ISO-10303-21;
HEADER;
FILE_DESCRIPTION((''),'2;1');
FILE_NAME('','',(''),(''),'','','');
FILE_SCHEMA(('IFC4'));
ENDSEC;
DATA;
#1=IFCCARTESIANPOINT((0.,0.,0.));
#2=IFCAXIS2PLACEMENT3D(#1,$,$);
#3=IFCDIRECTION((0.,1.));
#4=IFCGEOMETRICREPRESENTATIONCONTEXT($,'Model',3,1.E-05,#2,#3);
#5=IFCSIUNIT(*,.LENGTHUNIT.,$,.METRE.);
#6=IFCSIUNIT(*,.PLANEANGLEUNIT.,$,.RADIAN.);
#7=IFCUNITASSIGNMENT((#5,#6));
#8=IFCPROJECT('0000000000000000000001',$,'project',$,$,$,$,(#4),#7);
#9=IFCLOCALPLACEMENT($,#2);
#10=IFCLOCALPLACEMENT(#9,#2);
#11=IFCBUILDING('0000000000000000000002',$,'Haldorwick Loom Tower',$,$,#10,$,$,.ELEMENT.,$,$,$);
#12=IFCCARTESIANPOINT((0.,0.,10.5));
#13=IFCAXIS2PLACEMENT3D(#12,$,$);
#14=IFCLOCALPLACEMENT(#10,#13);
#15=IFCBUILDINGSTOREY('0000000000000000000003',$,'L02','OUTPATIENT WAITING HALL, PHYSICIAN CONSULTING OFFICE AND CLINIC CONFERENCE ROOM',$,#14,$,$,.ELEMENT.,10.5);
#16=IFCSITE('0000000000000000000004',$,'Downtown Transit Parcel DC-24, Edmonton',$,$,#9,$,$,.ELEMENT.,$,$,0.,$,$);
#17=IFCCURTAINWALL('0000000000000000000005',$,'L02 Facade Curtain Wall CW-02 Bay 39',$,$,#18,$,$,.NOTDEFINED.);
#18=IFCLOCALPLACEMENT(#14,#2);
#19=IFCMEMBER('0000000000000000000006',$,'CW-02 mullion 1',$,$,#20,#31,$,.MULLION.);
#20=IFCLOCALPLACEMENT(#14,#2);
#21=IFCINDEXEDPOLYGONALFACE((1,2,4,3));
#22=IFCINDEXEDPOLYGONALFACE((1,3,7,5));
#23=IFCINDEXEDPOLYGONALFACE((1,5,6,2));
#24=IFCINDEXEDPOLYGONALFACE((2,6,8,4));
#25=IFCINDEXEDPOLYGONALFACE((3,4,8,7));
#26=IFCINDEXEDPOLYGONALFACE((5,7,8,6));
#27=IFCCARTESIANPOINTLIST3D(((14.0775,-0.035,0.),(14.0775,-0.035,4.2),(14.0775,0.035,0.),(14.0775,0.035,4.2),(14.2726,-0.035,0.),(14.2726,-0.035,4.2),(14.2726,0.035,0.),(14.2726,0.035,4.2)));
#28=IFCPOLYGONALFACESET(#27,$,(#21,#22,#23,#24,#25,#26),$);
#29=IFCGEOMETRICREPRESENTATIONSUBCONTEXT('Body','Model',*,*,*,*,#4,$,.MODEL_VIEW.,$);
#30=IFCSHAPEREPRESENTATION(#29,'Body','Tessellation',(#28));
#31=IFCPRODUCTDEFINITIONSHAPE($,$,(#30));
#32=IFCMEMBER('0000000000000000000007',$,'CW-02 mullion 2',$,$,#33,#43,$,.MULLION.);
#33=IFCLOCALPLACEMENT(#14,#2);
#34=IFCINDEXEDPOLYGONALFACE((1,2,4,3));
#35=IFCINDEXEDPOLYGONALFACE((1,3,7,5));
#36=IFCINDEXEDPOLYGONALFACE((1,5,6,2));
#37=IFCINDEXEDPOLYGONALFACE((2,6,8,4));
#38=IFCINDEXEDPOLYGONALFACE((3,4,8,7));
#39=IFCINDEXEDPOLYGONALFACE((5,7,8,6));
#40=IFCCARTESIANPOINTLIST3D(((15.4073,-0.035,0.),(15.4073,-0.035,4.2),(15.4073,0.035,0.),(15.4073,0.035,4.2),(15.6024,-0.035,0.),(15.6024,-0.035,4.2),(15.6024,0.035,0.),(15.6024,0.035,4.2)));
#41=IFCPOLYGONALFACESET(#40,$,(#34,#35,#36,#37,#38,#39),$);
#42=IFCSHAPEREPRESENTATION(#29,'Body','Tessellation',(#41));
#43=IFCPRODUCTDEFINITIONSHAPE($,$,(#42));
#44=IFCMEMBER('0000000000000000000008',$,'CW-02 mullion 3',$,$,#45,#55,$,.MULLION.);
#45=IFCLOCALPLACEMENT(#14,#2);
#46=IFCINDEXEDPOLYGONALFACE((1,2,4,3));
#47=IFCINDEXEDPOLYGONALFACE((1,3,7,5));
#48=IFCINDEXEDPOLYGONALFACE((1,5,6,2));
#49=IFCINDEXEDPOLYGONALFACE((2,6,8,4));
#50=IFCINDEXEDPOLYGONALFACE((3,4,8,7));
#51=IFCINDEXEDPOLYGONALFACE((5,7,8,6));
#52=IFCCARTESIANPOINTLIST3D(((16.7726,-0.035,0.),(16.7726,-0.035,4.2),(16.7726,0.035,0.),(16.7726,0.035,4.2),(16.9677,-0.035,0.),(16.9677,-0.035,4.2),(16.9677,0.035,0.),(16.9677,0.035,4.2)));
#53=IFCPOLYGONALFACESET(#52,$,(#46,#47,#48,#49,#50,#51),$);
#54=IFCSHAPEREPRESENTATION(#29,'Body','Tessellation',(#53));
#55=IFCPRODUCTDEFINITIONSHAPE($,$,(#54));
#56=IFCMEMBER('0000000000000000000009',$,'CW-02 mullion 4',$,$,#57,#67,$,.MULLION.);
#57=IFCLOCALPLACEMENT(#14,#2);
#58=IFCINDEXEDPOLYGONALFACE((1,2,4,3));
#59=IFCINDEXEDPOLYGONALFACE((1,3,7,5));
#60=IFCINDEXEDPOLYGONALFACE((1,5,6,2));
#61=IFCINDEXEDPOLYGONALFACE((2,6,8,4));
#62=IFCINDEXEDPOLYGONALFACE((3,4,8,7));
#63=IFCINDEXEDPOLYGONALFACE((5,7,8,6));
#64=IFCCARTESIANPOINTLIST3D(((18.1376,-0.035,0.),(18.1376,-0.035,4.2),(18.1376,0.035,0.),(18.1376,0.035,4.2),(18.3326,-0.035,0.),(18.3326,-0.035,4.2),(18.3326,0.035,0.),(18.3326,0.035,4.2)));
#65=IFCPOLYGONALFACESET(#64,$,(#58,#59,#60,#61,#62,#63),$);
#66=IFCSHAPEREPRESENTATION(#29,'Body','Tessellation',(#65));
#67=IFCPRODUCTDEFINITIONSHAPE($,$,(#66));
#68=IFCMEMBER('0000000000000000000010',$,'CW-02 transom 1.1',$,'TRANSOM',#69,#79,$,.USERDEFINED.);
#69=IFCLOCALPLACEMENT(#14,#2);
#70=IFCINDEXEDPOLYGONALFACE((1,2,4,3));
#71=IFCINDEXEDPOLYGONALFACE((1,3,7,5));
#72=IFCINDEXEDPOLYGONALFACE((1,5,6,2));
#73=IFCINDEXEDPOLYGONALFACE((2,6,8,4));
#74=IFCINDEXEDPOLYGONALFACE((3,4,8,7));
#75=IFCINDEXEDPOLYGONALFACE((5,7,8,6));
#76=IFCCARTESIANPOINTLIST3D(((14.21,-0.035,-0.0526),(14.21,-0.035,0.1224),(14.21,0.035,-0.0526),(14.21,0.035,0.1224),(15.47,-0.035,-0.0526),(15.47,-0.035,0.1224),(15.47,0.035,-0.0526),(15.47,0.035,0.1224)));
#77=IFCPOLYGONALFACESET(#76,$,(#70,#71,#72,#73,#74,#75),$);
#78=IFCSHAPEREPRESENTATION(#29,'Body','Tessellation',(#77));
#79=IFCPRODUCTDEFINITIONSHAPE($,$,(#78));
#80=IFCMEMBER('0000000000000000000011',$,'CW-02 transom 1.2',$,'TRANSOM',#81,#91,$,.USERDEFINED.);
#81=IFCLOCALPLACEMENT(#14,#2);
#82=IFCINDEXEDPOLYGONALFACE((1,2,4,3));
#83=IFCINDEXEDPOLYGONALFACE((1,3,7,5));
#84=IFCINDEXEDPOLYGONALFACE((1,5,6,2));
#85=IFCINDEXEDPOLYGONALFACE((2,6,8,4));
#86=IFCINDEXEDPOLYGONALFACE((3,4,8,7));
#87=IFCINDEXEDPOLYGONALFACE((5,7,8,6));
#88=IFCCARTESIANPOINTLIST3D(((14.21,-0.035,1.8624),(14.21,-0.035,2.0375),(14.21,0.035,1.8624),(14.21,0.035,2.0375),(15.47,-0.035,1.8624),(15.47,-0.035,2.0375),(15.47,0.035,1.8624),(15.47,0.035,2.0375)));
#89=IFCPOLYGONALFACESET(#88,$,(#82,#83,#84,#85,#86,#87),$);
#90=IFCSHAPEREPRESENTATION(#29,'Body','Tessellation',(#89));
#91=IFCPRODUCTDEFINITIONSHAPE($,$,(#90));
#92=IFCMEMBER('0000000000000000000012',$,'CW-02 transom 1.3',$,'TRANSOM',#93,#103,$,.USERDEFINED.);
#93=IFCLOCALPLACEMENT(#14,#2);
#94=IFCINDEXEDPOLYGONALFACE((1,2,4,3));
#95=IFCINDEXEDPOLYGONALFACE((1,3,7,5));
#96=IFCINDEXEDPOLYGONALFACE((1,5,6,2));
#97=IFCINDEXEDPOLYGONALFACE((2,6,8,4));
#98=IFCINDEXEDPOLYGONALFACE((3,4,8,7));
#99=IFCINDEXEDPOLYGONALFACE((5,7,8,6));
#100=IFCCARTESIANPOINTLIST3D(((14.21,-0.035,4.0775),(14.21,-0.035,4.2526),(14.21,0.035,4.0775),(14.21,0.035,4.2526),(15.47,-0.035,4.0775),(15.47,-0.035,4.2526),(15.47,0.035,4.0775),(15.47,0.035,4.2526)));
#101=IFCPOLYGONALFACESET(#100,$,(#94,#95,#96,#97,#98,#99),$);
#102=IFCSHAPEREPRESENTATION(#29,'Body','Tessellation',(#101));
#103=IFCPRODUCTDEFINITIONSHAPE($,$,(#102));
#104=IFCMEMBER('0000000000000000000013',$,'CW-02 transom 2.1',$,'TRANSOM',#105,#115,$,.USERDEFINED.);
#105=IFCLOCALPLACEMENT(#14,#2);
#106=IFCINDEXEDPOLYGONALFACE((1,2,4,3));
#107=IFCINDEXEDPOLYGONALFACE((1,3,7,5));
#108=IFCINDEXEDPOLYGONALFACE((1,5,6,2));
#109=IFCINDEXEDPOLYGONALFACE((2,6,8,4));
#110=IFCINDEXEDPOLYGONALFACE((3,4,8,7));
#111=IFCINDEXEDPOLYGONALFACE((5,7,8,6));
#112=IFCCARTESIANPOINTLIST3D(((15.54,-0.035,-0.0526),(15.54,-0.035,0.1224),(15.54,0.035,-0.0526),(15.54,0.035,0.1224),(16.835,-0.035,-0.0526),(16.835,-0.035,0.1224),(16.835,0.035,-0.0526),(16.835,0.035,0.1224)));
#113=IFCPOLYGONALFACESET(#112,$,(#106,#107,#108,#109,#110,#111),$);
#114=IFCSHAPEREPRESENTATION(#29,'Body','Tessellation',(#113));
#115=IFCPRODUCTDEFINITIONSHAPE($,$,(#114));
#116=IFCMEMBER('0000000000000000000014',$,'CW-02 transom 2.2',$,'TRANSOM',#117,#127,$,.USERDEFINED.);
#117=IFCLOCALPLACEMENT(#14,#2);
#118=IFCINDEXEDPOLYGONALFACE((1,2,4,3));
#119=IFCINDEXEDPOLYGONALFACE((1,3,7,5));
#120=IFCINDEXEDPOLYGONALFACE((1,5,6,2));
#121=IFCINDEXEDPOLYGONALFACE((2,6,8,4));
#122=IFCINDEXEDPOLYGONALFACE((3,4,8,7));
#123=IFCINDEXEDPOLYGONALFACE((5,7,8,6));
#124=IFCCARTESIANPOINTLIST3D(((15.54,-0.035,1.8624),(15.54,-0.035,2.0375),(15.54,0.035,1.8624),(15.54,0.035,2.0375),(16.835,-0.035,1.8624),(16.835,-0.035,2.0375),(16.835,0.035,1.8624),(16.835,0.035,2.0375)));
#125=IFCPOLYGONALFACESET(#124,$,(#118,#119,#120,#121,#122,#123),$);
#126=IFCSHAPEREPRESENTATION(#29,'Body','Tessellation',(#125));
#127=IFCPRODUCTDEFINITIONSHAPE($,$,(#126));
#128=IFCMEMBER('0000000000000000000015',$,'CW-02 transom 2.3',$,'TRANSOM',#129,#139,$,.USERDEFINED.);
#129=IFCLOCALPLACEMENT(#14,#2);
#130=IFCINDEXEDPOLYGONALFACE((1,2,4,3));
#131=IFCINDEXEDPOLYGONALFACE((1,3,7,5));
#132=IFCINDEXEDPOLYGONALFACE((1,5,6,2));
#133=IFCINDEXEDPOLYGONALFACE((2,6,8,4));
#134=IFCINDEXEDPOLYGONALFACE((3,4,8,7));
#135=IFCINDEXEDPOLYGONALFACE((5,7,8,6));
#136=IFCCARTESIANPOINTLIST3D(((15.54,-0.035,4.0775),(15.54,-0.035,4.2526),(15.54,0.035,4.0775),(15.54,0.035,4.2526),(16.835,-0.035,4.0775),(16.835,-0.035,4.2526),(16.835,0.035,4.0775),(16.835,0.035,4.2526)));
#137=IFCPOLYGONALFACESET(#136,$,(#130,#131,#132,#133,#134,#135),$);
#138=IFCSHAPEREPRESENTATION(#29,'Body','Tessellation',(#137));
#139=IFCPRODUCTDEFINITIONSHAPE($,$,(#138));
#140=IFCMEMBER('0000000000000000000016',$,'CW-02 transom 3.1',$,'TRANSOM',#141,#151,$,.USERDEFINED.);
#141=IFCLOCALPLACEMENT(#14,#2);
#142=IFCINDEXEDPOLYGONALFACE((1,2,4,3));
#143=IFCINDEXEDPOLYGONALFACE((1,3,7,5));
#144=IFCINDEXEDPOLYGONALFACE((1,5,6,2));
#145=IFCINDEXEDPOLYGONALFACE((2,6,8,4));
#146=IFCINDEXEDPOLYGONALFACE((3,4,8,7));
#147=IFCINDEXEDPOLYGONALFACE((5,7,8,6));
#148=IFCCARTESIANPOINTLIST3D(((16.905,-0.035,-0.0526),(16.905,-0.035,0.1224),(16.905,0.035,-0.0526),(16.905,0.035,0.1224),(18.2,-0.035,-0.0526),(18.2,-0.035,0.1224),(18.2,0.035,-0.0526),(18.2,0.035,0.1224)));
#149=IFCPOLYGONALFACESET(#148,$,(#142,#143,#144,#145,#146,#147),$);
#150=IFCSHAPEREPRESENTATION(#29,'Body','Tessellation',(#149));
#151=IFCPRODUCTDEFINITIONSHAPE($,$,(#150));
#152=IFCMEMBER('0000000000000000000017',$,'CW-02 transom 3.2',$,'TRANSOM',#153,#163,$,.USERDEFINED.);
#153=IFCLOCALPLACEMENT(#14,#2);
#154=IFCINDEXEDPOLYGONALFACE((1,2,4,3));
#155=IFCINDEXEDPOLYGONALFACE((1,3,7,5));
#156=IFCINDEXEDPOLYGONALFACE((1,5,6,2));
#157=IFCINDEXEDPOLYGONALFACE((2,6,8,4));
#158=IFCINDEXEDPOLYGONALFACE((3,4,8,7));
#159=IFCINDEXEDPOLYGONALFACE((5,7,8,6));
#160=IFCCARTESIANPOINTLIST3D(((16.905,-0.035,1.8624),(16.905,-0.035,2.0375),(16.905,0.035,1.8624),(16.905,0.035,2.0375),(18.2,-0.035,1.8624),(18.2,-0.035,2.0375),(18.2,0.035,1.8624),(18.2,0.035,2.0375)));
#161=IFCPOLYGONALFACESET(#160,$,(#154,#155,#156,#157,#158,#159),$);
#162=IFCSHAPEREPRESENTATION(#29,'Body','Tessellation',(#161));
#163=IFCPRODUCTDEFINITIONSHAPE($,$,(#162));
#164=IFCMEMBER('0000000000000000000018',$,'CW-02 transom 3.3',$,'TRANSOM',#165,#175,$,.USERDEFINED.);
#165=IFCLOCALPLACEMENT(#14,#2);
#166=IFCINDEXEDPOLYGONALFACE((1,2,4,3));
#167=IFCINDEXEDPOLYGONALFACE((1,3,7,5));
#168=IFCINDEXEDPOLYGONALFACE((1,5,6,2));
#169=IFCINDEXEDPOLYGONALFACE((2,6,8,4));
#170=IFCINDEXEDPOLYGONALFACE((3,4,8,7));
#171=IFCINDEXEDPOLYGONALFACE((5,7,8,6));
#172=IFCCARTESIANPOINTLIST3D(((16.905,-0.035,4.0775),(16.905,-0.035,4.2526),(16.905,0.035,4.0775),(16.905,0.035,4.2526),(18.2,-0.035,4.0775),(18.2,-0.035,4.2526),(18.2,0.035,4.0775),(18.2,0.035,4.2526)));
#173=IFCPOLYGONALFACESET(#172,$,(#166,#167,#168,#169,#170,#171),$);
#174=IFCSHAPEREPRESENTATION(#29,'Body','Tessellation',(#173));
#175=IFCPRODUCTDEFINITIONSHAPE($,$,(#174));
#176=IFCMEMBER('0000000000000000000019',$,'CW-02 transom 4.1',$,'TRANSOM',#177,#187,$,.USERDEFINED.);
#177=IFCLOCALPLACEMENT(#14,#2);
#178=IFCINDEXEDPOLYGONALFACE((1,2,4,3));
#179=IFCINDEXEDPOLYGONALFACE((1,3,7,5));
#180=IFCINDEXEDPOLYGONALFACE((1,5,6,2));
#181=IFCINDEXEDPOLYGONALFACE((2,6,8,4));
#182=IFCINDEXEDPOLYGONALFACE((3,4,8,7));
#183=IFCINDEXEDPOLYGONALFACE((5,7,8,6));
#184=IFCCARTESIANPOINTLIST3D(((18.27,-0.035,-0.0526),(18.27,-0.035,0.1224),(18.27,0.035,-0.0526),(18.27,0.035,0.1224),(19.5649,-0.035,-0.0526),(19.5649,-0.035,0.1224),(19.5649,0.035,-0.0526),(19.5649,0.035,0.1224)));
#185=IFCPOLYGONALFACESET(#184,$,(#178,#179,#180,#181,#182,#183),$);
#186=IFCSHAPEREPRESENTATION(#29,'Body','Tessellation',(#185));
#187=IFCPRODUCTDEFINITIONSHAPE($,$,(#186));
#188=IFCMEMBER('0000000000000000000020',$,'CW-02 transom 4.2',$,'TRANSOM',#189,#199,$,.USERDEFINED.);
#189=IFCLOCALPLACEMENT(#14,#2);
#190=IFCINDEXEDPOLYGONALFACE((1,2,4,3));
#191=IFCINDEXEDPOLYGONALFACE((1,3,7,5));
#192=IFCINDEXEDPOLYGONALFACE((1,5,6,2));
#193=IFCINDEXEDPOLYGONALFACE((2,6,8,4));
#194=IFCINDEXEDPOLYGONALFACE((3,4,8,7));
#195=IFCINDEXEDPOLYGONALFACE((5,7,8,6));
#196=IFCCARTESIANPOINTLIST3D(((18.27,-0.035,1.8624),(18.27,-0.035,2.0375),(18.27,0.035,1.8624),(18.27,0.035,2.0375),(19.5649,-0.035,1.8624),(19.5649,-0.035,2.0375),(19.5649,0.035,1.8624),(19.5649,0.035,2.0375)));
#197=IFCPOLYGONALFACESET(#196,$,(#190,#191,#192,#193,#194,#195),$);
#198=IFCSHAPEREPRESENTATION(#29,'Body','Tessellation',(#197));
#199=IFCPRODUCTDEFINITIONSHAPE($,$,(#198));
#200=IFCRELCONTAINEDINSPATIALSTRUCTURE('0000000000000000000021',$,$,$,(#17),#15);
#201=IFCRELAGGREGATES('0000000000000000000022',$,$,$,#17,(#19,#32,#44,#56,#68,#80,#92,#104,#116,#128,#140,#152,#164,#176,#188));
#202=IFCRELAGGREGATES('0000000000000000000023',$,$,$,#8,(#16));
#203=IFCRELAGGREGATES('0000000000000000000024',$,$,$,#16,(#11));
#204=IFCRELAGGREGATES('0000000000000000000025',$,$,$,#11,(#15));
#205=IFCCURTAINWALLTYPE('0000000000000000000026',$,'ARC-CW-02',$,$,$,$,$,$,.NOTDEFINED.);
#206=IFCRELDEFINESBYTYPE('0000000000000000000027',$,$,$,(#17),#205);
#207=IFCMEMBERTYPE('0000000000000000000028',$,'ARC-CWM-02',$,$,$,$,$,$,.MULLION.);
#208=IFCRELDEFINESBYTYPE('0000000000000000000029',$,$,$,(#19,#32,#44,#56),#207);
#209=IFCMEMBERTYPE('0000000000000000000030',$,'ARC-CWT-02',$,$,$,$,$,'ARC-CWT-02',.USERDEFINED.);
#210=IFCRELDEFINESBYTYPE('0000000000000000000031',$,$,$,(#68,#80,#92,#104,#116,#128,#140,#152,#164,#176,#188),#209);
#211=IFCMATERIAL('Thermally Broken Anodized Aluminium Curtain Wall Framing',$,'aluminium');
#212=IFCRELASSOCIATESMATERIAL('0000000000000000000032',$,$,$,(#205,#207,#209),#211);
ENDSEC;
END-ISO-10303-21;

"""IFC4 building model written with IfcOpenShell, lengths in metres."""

from ifc_helpers import new_model, si_unit, direction, frame, origin, origin_2d, place, context, subcontext, project, spatial, rectangle, extrude, material, material_profile, profile_set, type_object, element, aggregate, save


model = new_model("IFC4")

# Units and contexts
model_context = context("Model", 3, precision=1e-05, world=origin(), true_north=direction((0.0, 1.0)))
body_context = subcontext(model_context, "Body", "Model", "MODEL_VIEW")
ifc_project = project(units=[si_unit("LENGTHUNIT", "METRE"), si_unit("PLANEANGLEUNIT", "RADIAN")], contexts=[model_context])

# Site, building, storey
site_placement = place(None, origin())
site = spatial("IfcSite", under=ifc_project, at=site_placement, Name="Downtown Transit Parcel DC-24, Edmonton", CompositionType="ELEMENT", RefElevation=0.0)
building_placement = place(site_placement, origin())
building = spatial("IfcBuilding", under=site, at=building_placement, Name="Haldorwick Loom Tower", CompositionType="ELEMENT")
storey_placement = place(building_placement, frame((0.0, 0.0, 10.5)))
storey = spatial("IfcBuildingStorey", under=building, at=storey_placement, Name="L02", Description="OUTPATIENT WAITING HALL, PHYSICIAN CONSULTING OFFICE AND CLINIC CONFERENCE ROOM", CompositionType="ELEMENT", Elevation=10.5)

# Curtain wall, members
ifc_material_1 = material(Name="Thermally Broken Anodized Aluminium Curtain Wall Framing", Category="aluminium")
curtain_wall_type = type_object("IfcCurtainWallType", Name="ARC-CW-02", PredefinedType="NOTDEFINED", material=ifc_material_1)
curtain_wall_placement = place(storey_placement, origin())
curtain_wall = element("IfcCurtainWall", 1, at=curtain_wall_placement, inside=storey, type_object=curtain_wall_type, Name="L02 Facade Curtain Wall CW-02 Bay 39", PredefinedType="NOTDEFINED")
ifc_material_profile_1 = material_profile(ifc_material_1, rectangle(XDim=0.0701, YDim=0.1951, at=origin_2d()), Name="ALU_MUL_70X195", Category="aluminium")
ifc_profile_set_1 = profile_set([ifc_material_profile_1], Name="Thermally Broken Anodized Aluminium Curtain Wall Framing")
member_type_1 = type_object("IfcMemberType", Name="ARC-CWM-02", PredefinedType="MULLION", material=ifc_profile_set_1)
member_1_placement = place(storey_placement, frame((14.175, 0.0, 0.0), z_axis=(0.0, 0.0, 1.0), x_axis=(0.0, 1.0, 0.0)))
member_1 = element("IfcMember", 2, at=member_1_placement, type_object=member_type_1, Name="CW-02 mullion 1", PredefinedType="MULLION", context=body_context, shape_type="SweptSolid", body=[
    extrude(rectangle(XDim=0.0701, YDim=0.1951, at=origin_2d()), origin(), (0.0, 0.0, 1.0), 4.2),
])
member_2_placement = place(storey_placement, frame((15.5049, 0.0, 0.0), z_axis=(0.0, 0.0, 1.0), x_axis=(0.0, 1.0, 0.0)))
member_2 = element("IfcMember", 3, at=member_2_placement, type_object=member_type_1, Name="CW-02 mullion 2", PredefinedType="MULLION", context=body_context, shape_type="SweptSolid", body=[
    extrude(rectangle(XDim=0.0701, YDim=0.1951, at=origin_2d()), origin(), (0.0, 0.0, 1.0), 4.2),
])
member_3_placement = place(storey_placement, frame((16.8701, 0.0, 0.0), z_axis=(0.0, 0.0, 1.0), x_axis=(0.0, 1.0, 0.0)))
member_3 = element("IfcMember", 4, at=member_3_placement, type_object=member_type_1, Name="CW-02 mullion 3", PredefinedType="MULLION", context=body_context, shape_type="SweptSolid", body=[
    extrude(rectangle(XDim=0.0701, YDim=0.1951, at=origin_2d()), origin(), (0.0, 0.0, 1.0), 4.2),
])
member_4_placement = place(storey_placement, frame((18.2351, 0.0, 0.0), z_axis=(0.0, 0.0, 1.0), x_axis=(0.0, 1.0, 0.0)))
member_4 = element("IfcMember", 5, at=member_4_placement, type_object=member_type_1, Name="CW-02 mullion 4", PredefinedType="MULLION", context=body_context, shape_type="SweptSolid", body=[
    extrude(rectangle(XDim=0.0701, YDim=0.1951, at=origin_2d()), origin(), (0.0, 0.0, 1.0), 4.2),
])
ifc_material_profile_2 = material_profile(ifc_material_1, rectangle(XDim=0.0701, YDim=0.175, at=origin_2d()), Name="ALU_TRN_70X175", Category="aluminium")
ifc_profile_set_2 = profile_set([ifc_material_profile_2], Name="Thermally Broken Anodized Aluminium Curtain Wall Framing")
member_type_2 = type_object("IfcMemberType", Name="ARC-CWT-02", ElementType="ARC-CWT-02", PredefinedType="USERDEFINED", material=ifc_profile_set_2)
member_5_placement = place(storey_placement, frame((14.21, 0.0, 0.0349), z_axis=(1.0, 0.0, 0.0), x_axis=(0.0, 1.0, 0.0)))
member_5 = element("IfcMember", 6, at=member_5_placement, type_object=member_type_2, Name="CW-02 transom 1.1", ObjectType="TRANSOM", PredefinedType="USERDEFINED", context=body_context, shape_type="SweptSolid", body=[
    extrude(rectangle(XDim=0.0701, YDim=0.175, at=origin_2d()), origin(), (0.0, 0.0, 1.0), 1.26),
])
member_6_placement = place(storey_placement, frame((14.21, 0.0, 1.95), z_axis=(1.0, 0.0, 0.0), x_axis=(0.0, 1.0, 0.0)))
member_6 = element("IfcMember", 7, at=member_6_placement, type_object=member_type_2, Name="CW-02 transom 1.2", ObjectType="TRANSOM", PredefinedType="USERDEFINED", context=body_context, shape_type="SweptSolid", body=[
    extrude(rectangle(XDim=0.0701, YDim=0.175, at=origin_2d()), origin(), (0.0, 0.0, 1.0), 1.26),
])
member_7_placement = place(storey_placement, frame((14.21, 0.0, 4.165), z_axis=(1.0, 0.0, 0.0), x_axis=(0.0, 1.0, 0.0)))
member_7 = element("IfcMember", 8, at=member_7_placement, type_object=member_type_2, Name="CW-02 transom 1.3", ObjectType="TRANSOM", PredefinedType="USERDEFINED", context=body_context, shape_type="SweptSolid", body=[
    extrude(rectangle(XDim=0.0701, YDim=0.175, at=origin_2d()), origin(), (0.0, 0.0, 1.0), 1.26),
])
member_8_placement = place(storey_placement, frame((15.54, 0.0, 0.0349), z_axis=(1.0, 0.0, 0.0), x_axis=(0.0, 1.0, 0.0)))
member_8 = element("IfcMember", 9, at=member_8_placement, type_object=member_type_2, Name="CW-02 transom 2.1", ObjectType="TRANSOM", PredefinedType="USERDEFINED", context=body_context, shape_type="SweptSolid", body=[
    extrude(rectangle(XDim=0.0701, YDim=0.175, at=origin_2d()), origin(), (0.0, 0.0, 1.0), 1.2949),
])
member_9_placement = place(storey_placement, frame((15.54, 0.0, 1.95), z_axis=(1.0, 0.0, 0.0), x_axis=(0.0, 1.0, 0.0)))
member_9 = element("IfcMember", 10, at=member_9_placement, type_object=member_type_2, Name="CW-02 transom 2.2", ObjectType="TRANSOM", PredefinedType="USERDEFINED", context=body_context, shape_type="SweptSolid", body=[
    extrude(rectangle(XDim=0.0701, YDim=0.175, at=origin_2d()), origin(), (0.0, 0.0, 1.0), 1.2949),
])
member_10_placement = place(storey_placement, frame((15.54, 0.0, 4.165), z_axis=(1.0, 0.0, 0.0), x_axis=(0.0, 1.0, 0.0)))
member_10 = element("IfcMember", 11, at=member_10_placement, type_object=member_type_2, Name="CW-02 transom 2.3", ObjectType="TRANSOM", PredefinedType="USERDEFINED", context=body_context, shape_type="SweptSolid", body=[
    extrude(rectangle(XDim=0.0701, YDim=0.175, at=origin_2d()), origin(), (0.0, 0.0, 1.0), 1.2949),
])
member_11_placement = place(storey_placement, frame((16.905, 0.0, 0.0349), z_axis=(1.0, 0.0, 0.0), x_axis=(0.0, 1.0, 0.0)))
member_11 = element("IfcMember", 12, at=member_11_placement, type_object=member_type_2, Name="CW-02 transom 3.1", ObjectType="TRANSOM", PredefinedType="USERDEFINED", context=body_context, shape_type="SweptSolid", body=[
    extrude(rectangle(XDim=0.0701, YDim=0.175, at=origin_2d()), origin(), (0.0, 0.0, 1.0), 1.2949),
])
member_12_placement = place(storey_placement, frame((16.905, 0.0, 1.95), z_axis=(1.0, 0.0, 0.0), x_axis=(0.0, 1.0, 0.0)))
member_12 = element("IfcMember", 13, at=member_12_placement, type_object=member_type_2, Name="CW-02 transom 3.2", ObjectType="TRANSOM", PredefinedType="USERDEFINED", context=body_context, shape_type="SweptSolid", body=[
    extrude(rectangle(XDim=0.0701, YDim=0.175, at=origin_2d()), origin(), (0.0, 0.0, 1.0), 1.2949),
])
member_13_placement = place(storey_placement, frame((16.905, 0.0, 4.165), z_axis=(1.0, 0.0, 0.0), x_axis=(0.0, 1.0, 0.0)))
member_13 = element("IfcMember", 14, at=member_13_placement, type_object=member_type_2, Name="CW-02 transom 3.3", ObjectType="TRANSOM", PredefinedType="USERDEFINED", context=body_context, shape_type="SweptSolid", body=[
    extrude(rectangle(XDim=0.0701, YDim=0.175, at=origin_2d()), origin(), (0.0, 0.0, 1.0), 1.2949),
])
member_14_placement = place(storey_placement, frame((18.27, 0.0, 0.0349), z_axis=(1.0, 0.0, 0.0), x_axis=(0.0, 1.0, 0.0)))
member_14 = element("IfcMember", 15, at=member_14_placement, type_object=member_type_2, Name="CW-02 transom 4.1", ObjectType="TRANSOM", PredefinedType="USERDEFINED", context=body_context, shape_type="SweptSolid", body=[
    extrude(rectangle(XDim=0.0701, YDim=0.175, at=origin_2d()), origin(), (0.0, 0.0, 1.0), 1.2949),
])
member_15_placement = place(storey_placement, frame((18.27, 0.0, 1.95), z_axis=(1.0, 0.0, 0.0), x_axis=(0.0, 1.0, 0.0)))
member_15 = element("IfcMember", 16, at=member_15_placement, type_object=member_type_2, Name="CW-02 transom 4.2", ObjectType="TRANSOM", PredefinedType="USERDEFINED", context=body_context, shape_type="SweptSolid", body=[
    extrude(rectangle(XDim=0.0701, YDim=0.175, at=origin_2d()), origin(), (0.0, 0.0, 1.0), 1.2949),
])
aggregate(curtain_wall, [member_1, member_2, member_3, member_4, member_5, member_6, member_7, member_8, member_9, member_10, member_11, member_12, member_13, member_14, member_15])

save(model, "model.ifc")
